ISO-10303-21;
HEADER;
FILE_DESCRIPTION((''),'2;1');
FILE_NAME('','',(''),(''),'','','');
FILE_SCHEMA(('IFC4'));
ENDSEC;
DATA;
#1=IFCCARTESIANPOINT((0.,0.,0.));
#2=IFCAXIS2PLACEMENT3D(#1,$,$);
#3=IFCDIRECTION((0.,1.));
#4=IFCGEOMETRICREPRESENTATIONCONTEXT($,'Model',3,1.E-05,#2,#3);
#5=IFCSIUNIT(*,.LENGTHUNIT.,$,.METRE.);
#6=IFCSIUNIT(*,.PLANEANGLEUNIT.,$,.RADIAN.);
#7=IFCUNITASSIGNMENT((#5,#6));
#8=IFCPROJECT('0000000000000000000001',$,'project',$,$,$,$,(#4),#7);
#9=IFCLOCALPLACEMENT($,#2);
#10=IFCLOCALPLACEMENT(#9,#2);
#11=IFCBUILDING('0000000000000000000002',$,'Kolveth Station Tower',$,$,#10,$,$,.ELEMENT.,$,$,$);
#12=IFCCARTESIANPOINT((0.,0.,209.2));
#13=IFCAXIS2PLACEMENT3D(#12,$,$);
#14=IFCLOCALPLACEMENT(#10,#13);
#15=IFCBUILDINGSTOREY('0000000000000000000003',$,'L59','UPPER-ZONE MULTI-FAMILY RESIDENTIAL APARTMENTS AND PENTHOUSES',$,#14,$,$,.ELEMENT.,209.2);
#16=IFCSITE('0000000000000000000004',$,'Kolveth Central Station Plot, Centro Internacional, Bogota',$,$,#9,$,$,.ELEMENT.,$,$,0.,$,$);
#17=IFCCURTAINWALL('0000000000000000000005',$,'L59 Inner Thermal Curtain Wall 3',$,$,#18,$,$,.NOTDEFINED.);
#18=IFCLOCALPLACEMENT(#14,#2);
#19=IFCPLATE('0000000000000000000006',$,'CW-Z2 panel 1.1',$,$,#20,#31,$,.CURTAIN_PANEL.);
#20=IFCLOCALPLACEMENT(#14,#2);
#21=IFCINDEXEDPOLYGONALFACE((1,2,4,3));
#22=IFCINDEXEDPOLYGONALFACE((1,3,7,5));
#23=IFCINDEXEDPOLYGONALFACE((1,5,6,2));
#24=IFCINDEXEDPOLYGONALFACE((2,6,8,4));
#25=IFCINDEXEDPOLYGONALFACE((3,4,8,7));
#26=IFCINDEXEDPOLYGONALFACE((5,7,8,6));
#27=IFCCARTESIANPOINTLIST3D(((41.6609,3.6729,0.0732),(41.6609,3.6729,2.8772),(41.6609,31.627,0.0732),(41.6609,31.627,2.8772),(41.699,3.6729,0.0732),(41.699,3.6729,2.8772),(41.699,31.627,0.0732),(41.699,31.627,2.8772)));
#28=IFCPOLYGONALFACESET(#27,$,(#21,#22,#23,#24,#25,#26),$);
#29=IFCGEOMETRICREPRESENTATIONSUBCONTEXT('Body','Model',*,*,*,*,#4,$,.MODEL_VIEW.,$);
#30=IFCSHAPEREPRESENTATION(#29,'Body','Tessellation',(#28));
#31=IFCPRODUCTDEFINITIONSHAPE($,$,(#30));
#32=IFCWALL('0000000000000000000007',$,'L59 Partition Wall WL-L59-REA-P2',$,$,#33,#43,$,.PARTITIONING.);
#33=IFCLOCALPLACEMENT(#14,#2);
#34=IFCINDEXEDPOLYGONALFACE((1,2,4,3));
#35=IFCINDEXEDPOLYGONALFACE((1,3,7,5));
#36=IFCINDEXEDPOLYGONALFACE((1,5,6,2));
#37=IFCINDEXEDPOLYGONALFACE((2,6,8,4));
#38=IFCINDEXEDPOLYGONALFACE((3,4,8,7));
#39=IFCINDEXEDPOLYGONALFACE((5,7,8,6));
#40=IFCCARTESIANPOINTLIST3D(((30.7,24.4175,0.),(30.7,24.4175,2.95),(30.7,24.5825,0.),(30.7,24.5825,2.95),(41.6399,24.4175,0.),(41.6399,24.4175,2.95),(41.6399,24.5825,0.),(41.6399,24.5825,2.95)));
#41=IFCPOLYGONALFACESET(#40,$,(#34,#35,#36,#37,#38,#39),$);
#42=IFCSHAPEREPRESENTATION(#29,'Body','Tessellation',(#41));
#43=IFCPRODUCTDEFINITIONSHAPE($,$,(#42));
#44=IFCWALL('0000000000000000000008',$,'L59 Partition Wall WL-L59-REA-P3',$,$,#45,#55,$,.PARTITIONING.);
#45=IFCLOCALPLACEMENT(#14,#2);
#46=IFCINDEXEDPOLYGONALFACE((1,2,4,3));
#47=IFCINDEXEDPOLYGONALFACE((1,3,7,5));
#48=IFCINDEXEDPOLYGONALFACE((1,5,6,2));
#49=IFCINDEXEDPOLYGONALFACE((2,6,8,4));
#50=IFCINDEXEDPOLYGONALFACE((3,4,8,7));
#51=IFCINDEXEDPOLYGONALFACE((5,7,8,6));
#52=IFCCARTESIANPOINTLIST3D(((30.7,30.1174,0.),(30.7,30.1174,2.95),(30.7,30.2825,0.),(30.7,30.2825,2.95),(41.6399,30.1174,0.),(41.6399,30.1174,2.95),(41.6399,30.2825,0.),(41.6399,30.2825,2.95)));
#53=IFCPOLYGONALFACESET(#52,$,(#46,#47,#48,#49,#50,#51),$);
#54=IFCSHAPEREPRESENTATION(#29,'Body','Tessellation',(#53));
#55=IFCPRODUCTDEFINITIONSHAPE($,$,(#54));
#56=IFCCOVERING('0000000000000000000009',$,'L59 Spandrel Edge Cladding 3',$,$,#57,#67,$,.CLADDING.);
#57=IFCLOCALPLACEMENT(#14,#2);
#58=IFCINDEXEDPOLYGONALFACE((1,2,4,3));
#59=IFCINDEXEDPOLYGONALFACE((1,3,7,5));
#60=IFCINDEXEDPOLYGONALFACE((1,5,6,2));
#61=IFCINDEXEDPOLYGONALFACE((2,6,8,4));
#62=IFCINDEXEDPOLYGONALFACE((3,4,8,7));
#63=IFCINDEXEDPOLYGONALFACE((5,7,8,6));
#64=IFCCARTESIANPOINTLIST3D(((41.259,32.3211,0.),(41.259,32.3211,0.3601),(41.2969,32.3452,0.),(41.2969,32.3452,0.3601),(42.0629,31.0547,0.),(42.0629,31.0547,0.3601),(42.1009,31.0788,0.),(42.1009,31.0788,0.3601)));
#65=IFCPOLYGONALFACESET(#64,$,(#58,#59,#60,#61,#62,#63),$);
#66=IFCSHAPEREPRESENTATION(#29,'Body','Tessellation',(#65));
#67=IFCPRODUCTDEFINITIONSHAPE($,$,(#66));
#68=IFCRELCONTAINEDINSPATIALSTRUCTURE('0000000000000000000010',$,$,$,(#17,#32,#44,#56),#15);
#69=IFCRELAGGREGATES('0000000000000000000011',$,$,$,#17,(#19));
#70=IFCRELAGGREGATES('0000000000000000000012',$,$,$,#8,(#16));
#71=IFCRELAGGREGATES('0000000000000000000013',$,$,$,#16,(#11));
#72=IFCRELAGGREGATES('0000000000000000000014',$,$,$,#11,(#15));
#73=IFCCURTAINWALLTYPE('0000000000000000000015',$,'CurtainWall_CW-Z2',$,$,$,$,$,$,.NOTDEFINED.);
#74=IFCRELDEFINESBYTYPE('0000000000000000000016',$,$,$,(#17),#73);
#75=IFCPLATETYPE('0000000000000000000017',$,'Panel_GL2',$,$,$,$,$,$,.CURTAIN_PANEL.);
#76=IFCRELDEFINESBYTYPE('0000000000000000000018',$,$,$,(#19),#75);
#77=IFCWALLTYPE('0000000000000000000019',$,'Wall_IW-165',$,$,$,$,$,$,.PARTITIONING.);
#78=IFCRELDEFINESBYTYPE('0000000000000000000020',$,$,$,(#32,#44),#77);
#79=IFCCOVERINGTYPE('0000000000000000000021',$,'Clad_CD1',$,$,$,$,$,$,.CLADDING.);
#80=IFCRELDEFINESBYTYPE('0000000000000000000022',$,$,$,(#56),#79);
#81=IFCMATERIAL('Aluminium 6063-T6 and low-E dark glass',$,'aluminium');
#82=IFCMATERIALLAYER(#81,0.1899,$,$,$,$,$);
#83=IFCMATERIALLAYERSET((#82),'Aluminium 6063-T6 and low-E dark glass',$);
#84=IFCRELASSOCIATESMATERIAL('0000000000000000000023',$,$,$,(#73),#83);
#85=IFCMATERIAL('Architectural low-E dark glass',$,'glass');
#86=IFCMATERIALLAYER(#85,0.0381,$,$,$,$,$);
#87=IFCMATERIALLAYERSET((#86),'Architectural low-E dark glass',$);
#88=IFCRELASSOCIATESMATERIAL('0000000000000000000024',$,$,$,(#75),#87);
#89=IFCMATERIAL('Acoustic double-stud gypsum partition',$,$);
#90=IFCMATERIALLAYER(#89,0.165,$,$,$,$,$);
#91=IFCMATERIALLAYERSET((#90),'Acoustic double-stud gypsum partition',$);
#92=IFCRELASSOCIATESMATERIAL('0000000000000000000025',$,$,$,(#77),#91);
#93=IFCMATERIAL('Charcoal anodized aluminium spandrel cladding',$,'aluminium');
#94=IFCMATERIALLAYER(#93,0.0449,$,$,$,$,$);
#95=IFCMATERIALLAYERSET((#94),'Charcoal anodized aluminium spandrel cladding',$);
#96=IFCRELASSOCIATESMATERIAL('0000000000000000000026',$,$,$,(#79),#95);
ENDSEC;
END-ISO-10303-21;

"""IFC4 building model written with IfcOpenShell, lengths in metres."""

from ifc_helpers import new_model, si_unit, direction, frame, frame_2d, origin, origin_2d, place, context, subcontext, project, spatial, rectangle, extrude, source, transform, mapped, material, layer, layer_set, type_object, element, aggregate, save


model = new_model("IFC4")

# Units and contexts
model_context = context("Model", 3, precision=1e-05, world=origin(), true_north=direction((0.0, 1.0)))
body_context = subcontext(model_context, "Body", "Model", "MODEL_VIEW")
ifc_project = project(units=[si_unit("LENGTHUNIT", "METRE"), si_unit("PLANEANGLEUNIT", "RADIAN")], contexts=[model_context])

# Site, building, storey
site_placement = place(None, origin())
site = spatial("IfcSite", under=ifc_project, at=site_placement, Name="Kolveth Central Station Plot, Centro Internacional, Bogota", CompositionType="ELEMENT", RefElevation=0.0)
building_placement = place(site_placement, origin())
building = spatial("IfcBuilding", under=site, at=building_placement, Name="Kolveth Station Tower", CompositionType="ELEMENT")
storey_placement = place(building_placement, frame((0.0, 0.0, 209.2)))
storey = spatial("IfcBuildingStorey", under=building, at=storey_placement, Name="L59", Description="UPPER-ZONE MULTI-FAMILY RESIDENTIAL APARTMENTS AND PENTHOUSES", CompositionType="ELEMENT", Elevation=209.2)

# Curtain wall
ifc_material_1 = material(Name="Aluminium 6063-T6 and low-E dark glass", Category="aluminium")
ifc_layer_1 = layer(ifc_material_1, 0.1899)
ifc_layer_set_1 = layer_set([ifc_layer_1], Name="Aluminium 6063-T6 and low-E dark glass")
curtain_wall_type = type_object("IfcCurtainWallType", Name="CurtainWall_CW-Z2", PredefinedType="NOTDEFINED", material=ifc_layer_set_1)
curtain_wall_1_placement = place(storey_placement, origin())
curtain_wall_1 = element("IfcCurtainWall", 1, at=curtain_wall_1_placement, inside=storey, type_object=curtain_wall_type, Name="L59 Inner Thermal Curtain Wall 3", PredefinedType="NOTDEFINED")

# Plate
ifc_material_2 = material(Name="Architectural low-E dark glass", Category="glass")
ifc_layer_2 = layer(ifc_material_2, 0.0381)
ifc_layer_set_2 = layer_set([ifc_layer_2], Name="Architectural low-E dark glass")
plate_type = type_object("IfcPlateType", Name="Panel_GL2", PredefinedType="CURTAIN_PANEL", material=ifc_layer_set_2)
shared_shape_1 = source(origin(), body_context, "Body", "SweptSolid", [
    extrude(rectangle(XDim=27.9541, YDim=0.0381, at=origin_2d()), origin(), (0.0, 0.0, 1.0), 2.804),
])
plate_placement = place(storey_placement, frame((41.6799, 17.6499, 0.0732), z_axis=(0.0, 0.0, 1.0), x_axis=(0.0, 1.0, 0.0)))
plate = element("IfcPlate", 2, at=plate_placement, type_object=plate_type, Name="CW-Z2 panel 1.1", PredefinedType="CURTAIN_PANEL", context=body_context, shape_type="MappedRepresentation", body=[
    mapped(shared_shape_1, transform((0.0, 0.0, 0.0), x_axis=(1.0, 0.0, 0.0), y_axis=(0.0, 1.0, 0.0), z_axis=(0.0, 0.0, 1.0), scale=1.0)),
])
aggregate(curtain_wall_1, [plate])

# Walls
ifc_material_3 = material(Name="Acoustic double-stud gypsum partition")
ifc_layer_3 = layer(ifc_material_3, 0.165)
ifc_layer_set_3 = layer_set([ifc_layer_3], Name="Acoustic double-stud gypsum partition")
wall_type = type_object("IfcWallType", Name="Wall_IW-165", PredefinedType="PARTITIONING", material=ifc_layer_set_3)
for number, where, z_axis, x_axis, name in (
    (3, (30.7, 24.5, 0.0), (0.0, 0.0, 1.0), (1.0, 0.0, 0.0), "L59 Partition Wall WL-L59-REA-P2"),
    (4, (30.7, 30.2, 0.0), (0.0, 0.0, 1.0), (1.0, 0.0, 0.0), "L59 Partition Wall WL-L59-REA-P3"),
):
    element("IfcWall", number, at=place(storey_placement, frame(where, z_axis=z_axis, x_axis=x_axis)), inside=storey, type_object=wall_type, Name=name, PredefinedType="PARTITIONING", context=body_context, shape_type="SweptSolid", body=[
        extrude(rectangle(XDim=10.9399, YDim=0.165, at=frame_2d((5.47, 0.0))), origin(), (0.0, 0.0, 1.0), 2.95),
    ])

# Covering
ifc_material_4 = material(Name="Charcoal anodized aluminium spandrel cladding", Category="aluminium")
ifc_layer_4 = layer(ifc_material_4, 0.0449)
ifc_layer_set_4 = layer_set([ifc_layer_4], Name="Charcoal anodized aluminium spandrel cladding")
covering_type = type_object("IfcCoveringType", Name="Clad_CD1", PredefinedType="CLADDING", material=ifc_layer_set_4)
shared_shape_2 = source(origin(), body_context, "Body", "SweptSolid", [
    extrude(rectangle(XDim=1.5, YDim=0.0449, at=origin_2d()), origin(), (0.0, 0.0, 1.0), 0.3601),
])
covering_placement = place(storey_placement, frame((41.6799, 31.7, 0.0), z_axis=(0.0, 0.0, 1.0), x_axis=(-0.535974, 0.844234, 0.0)))
element("IfcCovering", 5, at=covering_placement, inside=storey, type_object=covering_type, Name="L59 Spandrel Edge Cladding 3", PredefinedType="CLADDING", context=body_context, shape_type="MappedRepresentation", body=[
    mapped(shared_shape_2, transform((0.0, 0.0, 0.0), x_axis=(1.0, 0.0, 0.0), y_axis=(0.0, 1.0, 0.0), z_axis=(0.0, 0.0, 1.0), scale=1.0)),
])

save(model, "model.ifc")
